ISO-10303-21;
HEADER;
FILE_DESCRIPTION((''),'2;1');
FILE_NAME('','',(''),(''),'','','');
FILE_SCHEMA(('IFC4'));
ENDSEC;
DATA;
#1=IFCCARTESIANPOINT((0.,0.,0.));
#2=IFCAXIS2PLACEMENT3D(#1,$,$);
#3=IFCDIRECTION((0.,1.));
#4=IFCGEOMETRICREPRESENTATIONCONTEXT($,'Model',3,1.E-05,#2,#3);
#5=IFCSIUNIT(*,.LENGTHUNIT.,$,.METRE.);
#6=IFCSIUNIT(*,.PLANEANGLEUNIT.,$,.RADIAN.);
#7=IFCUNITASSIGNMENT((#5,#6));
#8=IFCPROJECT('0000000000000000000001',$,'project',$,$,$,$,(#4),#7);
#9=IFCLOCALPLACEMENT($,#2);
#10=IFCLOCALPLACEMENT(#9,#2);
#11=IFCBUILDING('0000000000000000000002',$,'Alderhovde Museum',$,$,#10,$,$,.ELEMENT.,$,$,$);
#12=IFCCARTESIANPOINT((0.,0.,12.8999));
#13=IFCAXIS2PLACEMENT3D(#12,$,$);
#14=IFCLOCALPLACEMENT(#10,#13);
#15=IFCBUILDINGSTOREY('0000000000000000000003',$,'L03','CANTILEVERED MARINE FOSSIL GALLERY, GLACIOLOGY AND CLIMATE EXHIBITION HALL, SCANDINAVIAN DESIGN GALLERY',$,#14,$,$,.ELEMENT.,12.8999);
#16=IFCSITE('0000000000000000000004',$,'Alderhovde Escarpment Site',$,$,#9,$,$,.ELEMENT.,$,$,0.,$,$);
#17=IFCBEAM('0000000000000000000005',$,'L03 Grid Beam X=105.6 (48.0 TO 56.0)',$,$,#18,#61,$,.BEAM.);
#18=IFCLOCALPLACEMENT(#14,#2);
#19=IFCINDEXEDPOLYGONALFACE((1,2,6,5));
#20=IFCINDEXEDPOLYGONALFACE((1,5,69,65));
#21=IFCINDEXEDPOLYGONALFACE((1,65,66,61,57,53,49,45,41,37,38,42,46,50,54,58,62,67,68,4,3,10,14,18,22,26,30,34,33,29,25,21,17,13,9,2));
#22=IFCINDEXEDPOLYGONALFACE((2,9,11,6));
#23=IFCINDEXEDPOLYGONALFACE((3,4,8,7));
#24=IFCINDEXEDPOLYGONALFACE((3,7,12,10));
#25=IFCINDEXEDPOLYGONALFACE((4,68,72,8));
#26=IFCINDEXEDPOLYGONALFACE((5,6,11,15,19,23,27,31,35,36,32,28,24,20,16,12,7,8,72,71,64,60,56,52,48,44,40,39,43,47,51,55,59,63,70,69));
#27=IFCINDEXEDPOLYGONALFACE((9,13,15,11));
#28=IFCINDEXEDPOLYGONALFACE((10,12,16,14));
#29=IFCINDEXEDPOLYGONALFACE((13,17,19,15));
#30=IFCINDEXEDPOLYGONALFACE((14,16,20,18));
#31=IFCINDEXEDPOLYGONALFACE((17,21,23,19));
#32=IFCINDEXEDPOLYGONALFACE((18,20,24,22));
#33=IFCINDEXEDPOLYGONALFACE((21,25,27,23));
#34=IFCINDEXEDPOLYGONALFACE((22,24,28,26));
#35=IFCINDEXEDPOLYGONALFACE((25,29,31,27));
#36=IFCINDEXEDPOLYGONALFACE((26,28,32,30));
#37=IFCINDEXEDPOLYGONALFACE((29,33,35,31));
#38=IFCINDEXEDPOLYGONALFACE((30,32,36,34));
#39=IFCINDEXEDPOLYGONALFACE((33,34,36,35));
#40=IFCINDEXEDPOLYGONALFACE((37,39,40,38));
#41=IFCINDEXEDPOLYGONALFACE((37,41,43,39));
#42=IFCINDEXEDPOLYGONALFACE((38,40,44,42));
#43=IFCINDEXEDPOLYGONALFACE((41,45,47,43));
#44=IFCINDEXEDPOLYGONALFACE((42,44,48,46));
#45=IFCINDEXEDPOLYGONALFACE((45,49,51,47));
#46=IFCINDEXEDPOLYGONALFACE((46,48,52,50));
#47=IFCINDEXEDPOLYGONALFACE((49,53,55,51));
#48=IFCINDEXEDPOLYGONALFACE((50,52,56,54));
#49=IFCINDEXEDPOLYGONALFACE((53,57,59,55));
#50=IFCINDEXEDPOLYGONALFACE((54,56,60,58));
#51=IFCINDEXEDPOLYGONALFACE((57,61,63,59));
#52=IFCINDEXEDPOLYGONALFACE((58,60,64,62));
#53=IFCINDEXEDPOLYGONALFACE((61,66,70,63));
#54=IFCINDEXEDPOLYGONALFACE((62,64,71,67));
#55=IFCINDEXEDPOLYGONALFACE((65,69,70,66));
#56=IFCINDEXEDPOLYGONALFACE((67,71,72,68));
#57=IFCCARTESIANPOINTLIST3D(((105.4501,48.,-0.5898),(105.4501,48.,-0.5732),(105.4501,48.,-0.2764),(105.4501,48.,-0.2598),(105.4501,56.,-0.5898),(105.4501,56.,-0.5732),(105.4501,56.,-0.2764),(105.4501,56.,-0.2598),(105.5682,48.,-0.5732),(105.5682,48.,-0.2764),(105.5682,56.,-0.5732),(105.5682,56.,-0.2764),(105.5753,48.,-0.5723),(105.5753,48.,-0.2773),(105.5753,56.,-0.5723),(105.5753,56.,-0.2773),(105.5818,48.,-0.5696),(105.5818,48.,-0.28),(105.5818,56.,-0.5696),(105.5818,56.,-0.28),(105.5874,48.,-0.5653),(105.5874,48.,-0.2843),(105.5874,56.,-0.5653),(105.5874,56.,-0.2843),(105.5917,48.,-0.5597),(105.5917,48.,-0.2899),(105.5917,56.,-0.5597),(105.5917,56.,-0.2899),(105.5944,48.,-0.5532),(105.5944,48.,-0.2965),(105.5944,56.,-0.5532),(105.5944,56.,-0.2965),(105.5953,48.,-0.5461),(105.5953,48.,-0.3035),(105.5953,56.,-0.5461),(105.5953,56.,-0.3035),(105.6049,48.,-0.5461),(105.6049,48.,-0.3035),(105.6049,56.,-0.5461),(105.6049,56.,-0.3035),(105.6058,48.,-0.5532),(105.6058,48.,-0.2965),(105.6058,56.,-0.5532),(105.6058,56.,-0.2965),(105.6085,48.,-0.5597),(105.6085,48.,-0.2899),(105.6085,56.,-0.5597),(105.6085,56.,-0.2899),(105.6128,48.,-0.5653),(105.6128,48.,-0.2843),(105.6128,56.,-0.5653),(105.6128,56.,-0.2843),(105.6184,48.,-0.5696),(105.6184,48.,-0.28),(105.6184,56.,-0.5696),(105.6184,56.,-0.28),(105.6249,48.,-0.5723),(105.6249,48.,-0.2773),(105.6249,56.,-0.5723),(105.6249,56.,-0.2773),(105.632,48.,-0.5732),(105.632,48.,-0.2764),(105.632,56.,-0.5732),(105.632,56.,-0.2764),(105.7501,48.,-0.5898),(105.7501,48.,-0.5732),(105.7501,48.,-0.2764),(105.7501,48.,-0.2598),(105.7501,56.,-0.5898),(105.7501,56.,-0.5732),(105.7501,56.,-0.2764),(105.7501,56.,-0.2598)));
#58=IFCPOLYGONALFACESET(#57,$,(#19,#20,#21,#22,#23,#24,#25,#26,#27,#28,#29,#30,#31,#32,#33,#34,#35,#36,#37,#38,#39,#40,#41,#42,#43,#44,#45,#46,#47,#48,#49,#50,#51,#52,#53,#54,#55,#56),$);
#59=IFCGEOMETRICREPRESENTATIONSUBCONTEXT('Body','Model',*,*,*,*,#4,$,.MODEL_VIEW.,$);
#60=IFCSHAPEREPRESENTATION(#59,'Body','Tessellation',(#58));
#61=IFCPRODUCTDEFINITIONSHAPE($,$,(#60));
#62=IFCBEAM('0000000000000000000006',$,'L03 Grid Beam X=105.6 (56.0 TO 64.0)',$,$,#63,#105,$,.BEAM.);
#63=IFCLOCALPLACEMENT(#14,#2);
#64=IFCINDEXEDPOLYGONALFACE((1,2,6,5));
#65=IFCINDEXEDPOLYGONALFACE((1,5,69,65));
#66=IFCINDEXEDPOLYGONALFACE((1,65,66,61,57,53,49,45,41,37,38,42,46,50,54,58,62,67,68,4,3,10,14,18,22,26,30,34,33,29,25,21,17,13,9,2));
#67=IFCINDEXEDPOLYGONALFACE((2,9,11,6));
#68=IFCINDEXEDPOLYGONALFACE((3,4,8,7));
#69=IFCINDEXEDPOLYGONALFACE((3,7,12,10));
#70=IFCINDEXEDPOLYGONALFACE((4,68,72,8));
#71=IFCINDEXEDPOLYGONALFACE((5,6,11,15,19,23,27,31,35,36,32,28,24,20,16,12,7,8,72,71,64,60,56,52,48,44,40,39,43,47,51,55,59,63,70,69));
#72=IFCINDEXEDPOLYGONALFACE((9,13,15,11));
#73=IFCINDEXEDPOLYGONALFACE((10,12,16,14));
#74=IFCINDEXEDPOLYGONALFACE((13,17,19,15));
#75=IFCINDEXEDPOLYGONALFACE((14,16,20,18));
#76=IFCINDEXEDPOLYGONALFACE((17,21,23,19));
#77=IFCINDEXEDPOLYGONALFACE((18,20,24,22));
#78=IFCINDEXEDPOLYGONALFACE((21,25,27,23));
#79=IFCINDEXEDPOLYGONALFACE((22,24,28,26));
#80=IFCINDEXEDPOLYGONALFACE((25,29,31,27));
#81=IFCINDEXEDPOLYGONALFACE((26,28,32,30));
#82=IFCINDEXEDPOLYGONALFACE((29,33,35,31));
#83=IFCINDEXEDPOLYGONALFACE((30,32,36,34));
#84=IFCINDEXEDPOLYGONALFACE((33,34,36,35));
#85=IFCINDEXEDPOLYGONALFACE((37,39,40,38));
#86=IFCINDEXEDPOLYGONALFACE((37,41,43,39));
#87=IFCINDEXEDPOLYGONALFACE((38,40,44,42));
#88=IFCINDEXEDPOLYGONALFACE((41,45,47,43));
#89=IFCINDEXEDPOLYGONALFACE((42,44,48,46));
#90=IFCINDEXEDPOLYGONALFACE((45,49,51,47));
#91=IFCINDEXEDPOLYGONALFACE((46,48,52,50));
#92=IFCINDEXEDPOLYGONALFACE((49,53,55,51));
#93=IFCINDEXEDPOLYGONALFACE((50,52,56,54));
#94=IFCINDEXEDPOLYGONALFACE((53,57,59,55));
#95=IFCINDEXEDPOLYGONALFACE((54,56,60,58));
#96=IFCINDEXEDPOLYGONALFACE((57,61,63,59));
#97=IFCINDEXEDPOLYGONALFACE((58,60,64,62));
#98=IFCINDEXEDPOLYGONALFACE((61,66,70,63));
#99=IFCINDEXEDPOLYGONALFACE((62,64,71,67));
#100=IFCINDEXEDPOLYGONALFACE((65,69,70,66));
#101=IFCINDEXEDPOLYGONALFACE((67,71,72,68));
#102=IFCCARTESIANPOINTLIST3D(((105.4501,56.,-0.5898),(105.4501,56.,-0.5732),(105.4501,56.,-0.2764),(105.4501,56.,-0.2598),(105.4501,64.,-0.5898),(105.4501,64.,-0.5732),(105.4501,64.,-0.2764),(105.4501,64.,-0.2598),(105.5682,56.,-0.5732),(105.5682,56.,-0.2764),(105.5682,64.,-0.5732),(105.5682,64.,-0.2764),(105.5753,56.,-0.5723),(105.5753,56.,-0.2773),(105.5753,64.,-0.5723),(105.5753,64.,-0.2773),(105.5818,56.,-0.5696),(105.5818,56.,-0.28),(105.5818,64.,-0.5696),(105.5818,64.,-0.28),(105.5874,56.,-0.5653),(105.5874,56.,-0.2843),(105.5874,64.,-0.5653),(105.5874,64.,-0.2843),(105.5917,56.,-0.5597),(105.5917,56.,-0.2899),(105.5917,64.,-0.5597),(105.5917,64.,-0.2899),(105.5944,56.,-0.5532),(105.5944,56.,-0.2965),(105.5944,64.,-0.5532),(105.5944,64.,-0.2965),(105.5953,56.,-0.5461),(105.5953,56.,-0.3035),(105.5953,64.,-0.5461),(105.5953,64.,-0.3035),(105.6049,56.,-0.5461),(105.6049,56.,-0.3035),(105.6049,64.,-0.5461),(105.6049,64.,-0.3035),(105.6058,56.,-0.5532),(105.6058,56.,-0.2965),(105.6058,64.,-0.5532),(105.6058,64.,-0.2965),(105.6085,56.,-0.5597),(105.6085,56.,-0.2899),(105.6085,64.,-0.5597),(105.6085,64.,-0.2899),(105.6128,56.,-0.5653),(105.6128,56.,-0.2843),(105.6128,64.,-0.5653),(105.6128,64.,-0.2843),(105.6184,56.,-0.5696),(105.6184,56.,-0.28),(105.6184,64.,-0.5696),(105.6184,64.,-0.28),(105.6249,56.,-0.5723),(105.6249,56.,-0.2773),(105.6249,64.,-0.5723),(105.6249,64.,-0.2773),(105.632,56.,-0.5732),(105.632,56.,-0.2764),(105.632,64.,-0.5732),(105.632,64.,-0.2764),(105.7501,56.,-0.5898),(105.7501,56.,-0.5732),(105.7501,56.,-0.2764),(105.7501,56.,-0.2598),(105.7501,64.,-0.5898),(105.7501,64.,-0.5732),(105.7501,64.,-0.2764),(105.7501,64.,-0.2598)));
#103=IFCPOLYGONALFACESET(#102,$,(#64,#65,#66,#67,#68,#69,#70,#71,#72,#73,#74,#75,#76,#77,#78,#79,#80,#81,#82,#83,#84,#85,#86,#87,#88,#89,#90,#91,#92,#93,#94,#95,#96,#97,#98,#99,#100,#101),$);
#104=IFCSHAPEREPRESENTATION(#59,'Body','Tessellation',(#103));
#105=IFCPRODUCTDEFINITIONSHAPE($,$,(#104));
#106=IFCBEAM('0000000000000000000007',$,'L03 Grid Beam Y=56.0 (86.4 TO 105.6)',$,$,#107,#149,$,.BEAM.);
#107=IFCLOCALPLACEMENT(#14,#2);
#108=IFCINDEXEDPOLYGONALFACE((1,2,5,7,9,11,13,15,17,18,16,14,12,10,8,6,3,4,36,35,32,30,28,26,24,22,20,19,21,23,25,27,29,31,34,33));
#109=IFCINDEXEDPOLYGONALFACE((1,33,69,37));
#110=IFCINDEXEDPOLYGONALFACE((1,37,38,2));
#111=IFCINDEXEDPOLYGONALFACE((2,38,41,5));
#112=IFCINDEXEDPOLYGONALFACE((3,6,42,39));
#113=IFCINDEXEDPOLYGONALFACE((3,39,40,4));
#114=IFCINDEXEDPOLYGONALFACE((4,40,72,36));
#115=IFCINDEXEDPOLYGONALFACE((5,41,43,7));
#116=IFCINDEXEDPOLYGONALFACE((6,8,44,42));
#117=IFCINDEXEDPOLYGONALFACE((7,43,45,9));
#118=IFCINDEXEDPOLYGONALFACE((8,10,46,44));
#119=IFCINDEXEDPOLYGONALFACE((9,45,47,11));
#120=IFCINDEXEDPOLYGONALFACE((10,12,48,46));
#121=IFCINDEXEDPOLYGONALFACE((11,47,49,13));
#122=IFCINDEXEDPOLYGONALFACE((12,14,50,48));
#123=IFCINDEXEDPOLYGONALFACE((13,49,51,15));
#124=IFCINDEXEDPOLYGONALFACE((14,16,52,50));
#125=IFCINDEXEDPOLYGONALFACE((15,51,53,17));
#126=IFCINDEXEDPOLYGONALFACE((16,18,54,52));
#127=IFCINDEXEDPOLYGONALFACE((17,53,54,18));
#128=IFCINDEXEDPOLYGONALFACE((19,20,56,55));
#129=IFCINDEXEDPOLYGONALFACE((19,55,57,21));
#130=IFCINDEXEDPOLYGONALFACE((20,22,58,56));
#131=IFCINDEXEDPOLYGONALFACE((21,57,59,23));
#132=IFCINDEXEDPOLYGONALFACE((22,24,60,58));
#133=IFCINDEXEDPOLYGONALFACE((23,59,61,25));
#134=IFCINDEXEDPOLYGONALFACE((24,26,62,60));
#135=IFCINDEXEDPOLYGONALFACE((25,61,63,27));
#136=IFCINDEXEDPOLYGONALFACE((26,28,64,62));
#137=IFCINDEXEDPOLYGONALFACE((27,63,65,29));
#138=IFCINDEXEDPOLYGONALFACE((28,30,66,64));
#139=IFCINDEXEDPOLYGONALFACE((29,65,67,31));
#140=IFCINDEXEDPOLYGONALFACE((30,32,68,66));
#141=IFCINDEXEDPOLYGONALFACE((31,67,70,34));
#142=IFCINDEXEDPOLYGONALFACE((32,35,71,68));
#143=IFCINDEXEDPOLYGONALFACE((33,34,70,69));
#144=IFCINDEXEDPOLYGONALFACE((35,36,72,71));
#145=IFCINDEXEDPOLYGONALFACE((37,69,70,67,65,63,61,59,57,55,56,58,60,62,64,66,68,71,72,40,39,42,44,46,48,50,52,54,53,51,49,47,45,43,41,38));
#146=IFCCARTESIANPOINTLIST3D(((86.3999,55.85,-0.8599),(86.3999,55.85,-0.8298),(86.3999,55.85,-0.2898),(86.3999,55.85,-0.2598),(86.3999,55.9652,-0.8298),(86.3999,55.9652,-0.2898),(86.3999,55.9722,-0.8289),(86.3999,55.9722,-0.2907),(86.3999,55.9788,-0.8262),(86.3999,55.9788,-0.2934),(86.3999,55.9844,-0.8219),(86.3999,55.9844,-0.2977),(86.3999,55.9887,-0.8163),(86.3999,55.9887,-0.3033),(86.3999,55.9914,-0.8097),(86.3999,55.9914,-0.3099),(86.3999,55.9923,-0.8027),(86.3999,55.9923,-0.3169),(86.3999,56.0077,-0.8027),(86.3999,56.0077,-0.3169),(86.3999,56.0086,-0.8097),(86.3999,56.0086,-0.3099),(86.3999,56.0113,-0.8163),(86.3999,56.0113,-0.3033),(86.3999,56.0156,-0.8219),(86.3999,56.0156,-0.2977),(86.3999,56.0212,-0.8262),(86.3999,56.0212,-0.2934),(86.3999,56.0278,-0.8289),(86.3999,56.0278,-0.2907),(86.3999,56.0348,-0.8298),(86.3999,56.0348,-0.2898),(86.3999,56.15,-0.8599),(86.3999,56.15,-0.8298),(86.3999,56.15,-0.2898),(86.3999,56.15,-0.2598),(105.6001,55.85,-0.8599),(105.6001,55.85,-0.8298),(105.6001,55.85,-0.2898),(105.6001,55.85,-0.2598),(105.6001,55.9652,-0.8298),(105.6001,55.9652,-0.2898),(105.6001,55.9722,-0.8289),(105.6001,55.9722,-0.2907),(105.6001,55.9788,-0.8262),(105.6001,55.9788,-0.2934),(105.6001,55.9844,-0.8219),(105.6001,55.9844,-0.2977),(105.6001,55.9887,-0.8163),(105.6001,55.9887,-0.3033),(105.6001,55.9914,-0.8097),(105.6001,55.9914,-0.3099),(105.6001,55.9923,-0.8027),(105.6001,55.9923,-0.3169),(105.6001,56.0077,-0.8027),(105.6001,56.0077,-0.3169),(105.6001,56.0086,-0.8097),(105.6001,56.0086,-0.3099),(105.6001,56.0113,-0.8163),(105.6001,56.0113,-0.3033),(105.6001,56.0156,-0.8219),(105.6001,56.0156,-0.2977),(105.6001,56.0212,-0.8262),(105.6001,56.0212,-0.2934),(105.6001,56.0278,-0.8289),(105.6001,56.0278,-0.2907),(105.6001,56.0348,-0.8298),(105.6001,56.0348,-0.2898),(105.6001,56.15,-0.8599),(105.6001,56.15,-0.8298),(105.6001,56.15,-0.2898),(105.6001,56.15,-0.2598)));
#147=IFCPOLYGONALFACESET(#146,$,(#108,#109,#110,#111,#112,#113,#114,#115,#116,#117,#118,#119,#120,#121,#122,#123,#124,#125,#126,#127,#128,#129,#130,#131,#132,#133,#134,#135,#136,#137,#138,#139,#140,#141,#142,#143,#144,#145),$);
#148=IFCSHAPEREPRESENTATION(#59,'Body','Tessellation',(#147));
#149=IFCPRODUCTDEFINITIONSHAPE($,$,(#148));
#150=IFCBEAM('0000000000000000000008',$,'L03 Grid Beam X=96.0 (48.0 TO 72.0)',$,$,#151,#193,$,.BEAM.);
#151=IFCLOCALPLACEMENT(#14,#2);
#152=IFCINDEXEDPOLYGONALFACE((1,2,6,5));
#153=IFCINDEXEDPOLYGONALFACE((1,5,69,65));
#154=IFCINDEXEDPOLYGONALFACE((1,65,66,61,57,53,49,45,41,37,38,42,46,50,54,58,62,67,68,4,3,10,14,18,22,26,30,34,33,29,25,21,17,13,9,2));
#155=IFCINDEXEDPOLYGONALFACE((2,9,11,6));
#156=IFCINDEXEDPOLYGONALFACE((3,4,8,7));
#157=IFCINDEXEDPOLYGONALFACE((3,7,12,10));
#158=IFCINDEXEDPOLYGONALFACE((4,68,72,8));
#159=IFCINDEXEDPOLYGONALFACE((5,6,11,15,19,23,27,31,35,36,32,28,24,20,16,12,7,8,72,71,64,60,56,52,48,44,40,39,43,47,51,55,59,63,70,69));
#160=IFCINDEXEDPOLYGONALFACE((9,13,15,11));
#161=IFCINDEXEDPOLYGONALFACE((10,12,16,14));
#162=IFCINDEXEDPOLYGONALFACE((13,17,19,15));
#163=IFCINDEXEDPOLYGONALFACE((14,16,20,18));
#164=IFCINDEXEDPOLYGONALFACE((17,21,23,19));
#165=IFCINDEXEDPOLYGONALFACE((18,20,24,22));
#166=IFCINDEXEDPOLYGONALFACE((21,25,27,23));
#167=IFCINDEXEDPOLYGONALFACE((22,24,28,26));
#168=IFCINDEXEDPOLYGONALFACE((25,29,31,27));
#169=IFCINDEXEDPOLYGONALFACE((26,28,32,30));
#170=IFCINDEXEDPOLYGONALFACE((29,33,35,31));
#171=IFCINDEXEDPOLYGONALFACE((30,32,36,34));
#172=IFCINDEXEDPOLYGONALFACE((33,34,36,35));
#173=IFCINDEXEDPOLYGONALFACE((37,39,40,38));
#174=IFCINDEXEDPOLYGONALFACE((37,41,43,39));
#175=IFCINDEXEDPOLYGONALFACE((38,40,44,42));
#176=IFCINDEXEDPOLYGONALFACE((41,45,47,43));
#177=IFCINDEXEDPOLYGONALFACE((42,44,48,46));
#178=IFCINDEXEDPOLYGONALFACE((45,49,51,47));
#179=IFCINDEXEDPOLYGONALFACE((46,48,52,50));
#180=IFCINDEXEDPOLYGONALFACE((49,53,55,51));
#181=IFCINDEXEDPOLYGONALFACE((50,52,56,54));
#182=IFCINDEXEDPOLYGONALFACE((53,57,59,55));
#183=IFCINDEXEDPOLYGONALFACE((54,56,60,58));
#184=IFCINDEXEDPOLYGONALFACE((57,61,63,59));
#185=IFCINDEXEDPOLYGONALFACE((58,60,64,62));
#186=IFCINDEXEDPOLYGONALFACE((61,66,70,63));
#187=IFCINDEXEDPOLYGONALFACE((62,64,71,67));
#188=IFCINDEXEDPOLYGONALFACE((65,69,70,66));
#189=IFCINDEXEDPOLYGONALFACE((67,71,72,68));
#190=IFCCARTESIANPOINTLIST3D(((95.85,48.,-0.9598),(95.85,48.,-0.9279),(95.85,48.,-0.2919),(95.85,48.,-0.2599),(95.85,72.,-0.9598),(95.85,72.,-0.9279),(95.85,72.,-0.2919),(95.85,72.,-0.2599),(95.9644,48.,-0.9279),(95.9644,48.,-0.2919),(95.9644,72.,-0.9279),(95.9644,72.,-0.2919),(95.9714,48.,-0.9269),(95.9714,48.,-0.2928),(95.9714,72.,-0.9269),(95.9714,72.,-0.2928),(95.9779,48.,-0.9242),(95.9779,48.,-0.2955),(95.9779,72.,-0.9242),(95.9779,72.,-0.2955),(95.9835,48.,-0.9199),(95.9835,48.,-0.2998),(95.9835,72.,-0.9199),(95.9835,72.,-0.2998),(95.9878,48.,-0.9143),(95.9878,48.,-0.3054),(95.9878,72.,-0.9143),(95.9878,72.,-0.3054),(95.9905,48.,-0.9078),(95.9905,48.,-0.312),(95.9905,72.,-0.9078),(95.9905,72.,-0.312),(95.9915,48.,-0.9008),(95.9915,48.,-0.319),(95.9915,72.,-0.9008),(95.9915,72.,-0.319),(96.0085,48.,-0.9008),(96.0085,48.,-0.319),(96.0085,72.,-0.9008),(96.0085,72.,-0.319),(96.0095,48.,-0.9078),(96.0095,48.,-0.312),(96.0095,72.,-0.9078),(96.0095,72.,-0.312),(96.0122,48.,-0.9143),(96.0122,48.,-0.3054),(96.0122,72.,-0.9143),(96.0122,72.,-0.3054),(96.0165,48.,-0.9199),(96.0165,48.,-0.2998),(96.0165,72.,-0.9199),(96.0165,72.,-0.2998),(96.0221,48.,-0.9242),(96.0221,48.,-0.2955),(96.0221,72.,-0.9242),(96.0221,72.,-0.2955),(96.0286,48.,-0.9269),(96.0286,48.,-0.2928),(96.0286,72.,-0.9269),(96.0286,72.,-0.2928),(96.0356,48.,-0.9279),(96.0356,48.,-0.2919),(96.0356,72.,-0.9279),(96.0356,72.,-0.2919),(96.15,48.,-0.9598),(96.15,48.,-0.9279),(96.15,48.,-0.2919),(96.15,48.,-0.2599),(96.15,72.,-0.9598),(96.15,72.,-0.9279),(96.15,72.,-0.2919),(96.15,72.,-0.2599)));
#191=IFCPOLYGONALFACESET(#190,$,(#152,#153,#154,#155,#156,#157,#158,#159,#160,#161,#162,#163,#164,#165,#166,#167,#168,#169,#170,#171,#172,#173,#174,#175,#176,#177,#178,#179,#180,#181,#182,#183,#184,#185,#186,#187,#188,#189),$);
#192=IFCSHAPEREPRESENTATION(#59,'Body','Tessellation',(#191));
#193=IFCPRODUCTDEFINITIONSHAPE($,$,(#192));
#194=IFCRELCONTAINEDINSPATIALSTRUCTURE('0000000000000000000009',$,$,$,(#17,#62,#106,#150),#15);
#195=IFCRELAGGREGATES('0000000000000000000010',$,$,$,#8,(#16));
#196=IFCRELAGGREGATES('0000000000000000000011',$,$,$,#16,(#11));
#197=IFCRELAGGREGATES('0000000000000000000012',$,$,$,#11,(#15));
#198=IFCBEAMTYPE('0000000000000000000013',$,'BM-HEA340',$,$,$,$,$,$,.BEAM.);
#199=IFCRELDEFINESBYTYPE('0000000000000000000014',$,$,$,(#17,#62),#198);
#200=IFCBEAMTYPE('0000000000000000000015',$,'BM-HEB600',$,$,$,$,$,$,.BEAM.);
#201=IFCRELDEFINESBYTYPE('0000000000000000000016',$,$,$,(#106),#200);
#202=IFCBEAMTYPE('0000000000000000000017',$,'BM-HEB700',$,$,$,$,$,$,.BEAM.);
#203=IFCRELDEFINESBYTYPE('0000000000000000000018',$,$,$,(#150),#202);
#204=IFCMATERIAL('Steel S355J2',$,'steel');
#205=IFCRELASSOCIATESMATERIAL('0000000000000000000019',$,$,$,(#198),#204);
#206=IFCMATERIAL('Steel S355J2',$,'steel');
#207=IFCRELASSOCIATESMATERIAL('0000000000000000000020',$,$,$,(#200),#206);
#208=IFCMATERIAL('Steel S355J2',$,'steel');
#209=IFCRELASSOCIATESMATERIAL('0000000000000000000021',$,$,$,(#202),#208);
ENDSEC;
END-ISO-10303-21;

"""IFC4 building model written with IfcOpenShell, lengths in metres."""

from ifc_helpers import new_model, si_unit, direction, frame, origin, origin_2d, place, context, subcontext, project, spatial, i_section, extrude, material, material_profile, profile_set, type_object, element, save


model = new_model("IFC4")

# Units and contexts
model_context = context("Model", 3, precision=1e-05, world=origin(), true_north=direction((0.0, 1.0)))
body_context = subcontext(model_context, "Body", "Model", "MODEL_VIEW")
ifc_project = project(units=[si_unit("LENGTHUNIT", "METRE"), si_unit("PLANEANGLEUNIT", "RADIAN")], contexts=[model_context])

# Site, building, storey
site_placement = place(None, origin())
site = spatial("IfcSite", under=ifc_project, at=site_placement, Name="Alderhovde Escarpment Site", CompositionType="ELEMENT", RefElevation=0.0)
building_placement = place(site_placement, origin())
building = spatial("IfcBuilding", under=site, at=building_placement, Name="Alderhovde Museum", CompositionType="ELEMENT")
storey_placement = place(building_placement, frame((0.0, 0.0, 12.8999)))
storey = spatial("IfcBuildingStorey", under=building, at=storey_placement, Name="L03", Description="CANTILEVERED MARINE FOSSIL GALLERY, GLACIOLOGY AND CLIMATE EXHIBITION HALL, SCANDINAVIAN DESIGN GALLERY", CompositionType="ELEMENT", Elevation=12.8999)

# Beams
ifc_material_1 = material(Name="Steel S355J2", Category="steel")
ifc_material_profile_1 = material_profile(ifc_material_1, i_section(OverallWidth=0.3, OverallDepth=0.3301, WebThickness=0.0095, FlangeThickness=0.0166, FilletRadius=0.0271, at=origin_2d()), Name="HEA 340")
ifc_profile_set_1 = profile_set([ifc_material_profile_1], Name="Steel S355J2")
beam_type_1 = type_object("IfcBeamType", Name="BM-HEA340", PredefinedType="BEAM", material=ifc_profile_set_1)
for number, where, z_axis, x_axis, name in (
    (1, (105.6001, 48.0, -0.4248), (0.0, 1.0, 0.0), (-1.0, 0.0, 0.0), "L03 Grid Beam X=105.6 (48.0 TO 56.0)"),
    (2, (105.6001, 56.0, -0.4248), (0.0, 1.0, 0.0), (-1.0, 0.0, 0.0), "L03 Grid Beam X=105.6 (56.0 TO 64.0)"),
):
    element("IfcBeam", number, at=place(storey_placement, frame(where, z_axis=z_axis, x_axis=x_axis)), inside=storey, type_object=beam_type_1, Name=name, PredefinedType="BEAM", context=body_context, shape_type="SweptSolid", body=[
        extrude(i_section(OverallWidth=0.3, OverallDepth=0.3301, WebThickness=0.0095, FlangeThickness=0.0166, FilletRadius=0.0271, at=origin_2d()), origin(), (0.0, 0.0, 1.0), 8.0),
    ])
ifc_material_2 = material(Name="Steel S355J2", Category="steel")
ifc_material_profile_2 = material_profile(ifc_material_2, i_section(OverallWidth=0.3, OverallDepth=0.6001, WebThickness=0.0154, FlangeThickness=0.03, FilletRadius=0.0271, at=origin_2d()), Name="HEB 600")
ifc_profile_set_2 = profile_set([ifc_material_profile_2], Name="Steel S355J2")
beam_type_2 = type_object("IfcBeamType", Name="BM-HEB600", PredefinedType="BEAM", material=ifc_profile_set_2)
beam_1_placement = place(storey_placement, frame((86.3999, 56.0, -0.5598), z_axis=(1.0, 0.0, 0.0), x_axis=(0.0, 1.0, 0.0)))
element("IfcBeam", 3, at=beam_1_placement, inside=storey, type_object=beam_type_2, Name="L03 Grid Beam Y=56.0 (86.4 TO 105.6)", PredefinedType="BEAM", context=body_context, shape_type="SweptSolid", body=[
    extrude(i_section(OverallWidth=0.3, OverallDepth=0.6001, WebThickness=0.0154, FlangeThickness=0.03, FilletRadius=0.0271, at=origin_2d()), origin(), (0.0, 0.0, 1.0), 19.2002),
])
ifc_material_3 = material(Name="Steel S355J2", Category="steel")
ifc_material_profile_3 = material_profile(ifc_material_3, i_section(OverallWidth=0.3, OverallDepth=0.7, WebThickness=0.0171, FlangeThickness=0.032, FilletRadius=0.0271, at=origin_2d()), Name="HEB 700")
ifc_profile_set_3 = profile_set([ifc_material_profile_3], Name="Steel S355J2")
beam_type_3 = type_object("IfcBeamType", Name="BM-HEB700", PredefinedType="BEAM", material=ifc_profile_set_3)
beam_2_placement = place(storey_placement, frame((96.0, 48.0, -0.6099), z_axis=(0.0, 1.0, 0.0), x_axis=(-1.0, 0.0, 0.0)))
element("IfcBeam", 4, at=beam_2_placement, inside=storey, type_object=beam_type_3, Name="L03 Grid Beam X=96.0 (48.0 TO 72.0)", PredefinedType="BEAM", context=body_context, shape_type="SweptSolid", body=[
    extrude(i_section(OverallWidth=0.3, OverallDepth=0.7, WebThickness=0.0171, FlangeThickness=0.032, FilletRadius=0.0271, at=origin_2d()), origin(), (0.0, 0.0, 1.0), 24.0),
])

save(model, "model.ifc")
